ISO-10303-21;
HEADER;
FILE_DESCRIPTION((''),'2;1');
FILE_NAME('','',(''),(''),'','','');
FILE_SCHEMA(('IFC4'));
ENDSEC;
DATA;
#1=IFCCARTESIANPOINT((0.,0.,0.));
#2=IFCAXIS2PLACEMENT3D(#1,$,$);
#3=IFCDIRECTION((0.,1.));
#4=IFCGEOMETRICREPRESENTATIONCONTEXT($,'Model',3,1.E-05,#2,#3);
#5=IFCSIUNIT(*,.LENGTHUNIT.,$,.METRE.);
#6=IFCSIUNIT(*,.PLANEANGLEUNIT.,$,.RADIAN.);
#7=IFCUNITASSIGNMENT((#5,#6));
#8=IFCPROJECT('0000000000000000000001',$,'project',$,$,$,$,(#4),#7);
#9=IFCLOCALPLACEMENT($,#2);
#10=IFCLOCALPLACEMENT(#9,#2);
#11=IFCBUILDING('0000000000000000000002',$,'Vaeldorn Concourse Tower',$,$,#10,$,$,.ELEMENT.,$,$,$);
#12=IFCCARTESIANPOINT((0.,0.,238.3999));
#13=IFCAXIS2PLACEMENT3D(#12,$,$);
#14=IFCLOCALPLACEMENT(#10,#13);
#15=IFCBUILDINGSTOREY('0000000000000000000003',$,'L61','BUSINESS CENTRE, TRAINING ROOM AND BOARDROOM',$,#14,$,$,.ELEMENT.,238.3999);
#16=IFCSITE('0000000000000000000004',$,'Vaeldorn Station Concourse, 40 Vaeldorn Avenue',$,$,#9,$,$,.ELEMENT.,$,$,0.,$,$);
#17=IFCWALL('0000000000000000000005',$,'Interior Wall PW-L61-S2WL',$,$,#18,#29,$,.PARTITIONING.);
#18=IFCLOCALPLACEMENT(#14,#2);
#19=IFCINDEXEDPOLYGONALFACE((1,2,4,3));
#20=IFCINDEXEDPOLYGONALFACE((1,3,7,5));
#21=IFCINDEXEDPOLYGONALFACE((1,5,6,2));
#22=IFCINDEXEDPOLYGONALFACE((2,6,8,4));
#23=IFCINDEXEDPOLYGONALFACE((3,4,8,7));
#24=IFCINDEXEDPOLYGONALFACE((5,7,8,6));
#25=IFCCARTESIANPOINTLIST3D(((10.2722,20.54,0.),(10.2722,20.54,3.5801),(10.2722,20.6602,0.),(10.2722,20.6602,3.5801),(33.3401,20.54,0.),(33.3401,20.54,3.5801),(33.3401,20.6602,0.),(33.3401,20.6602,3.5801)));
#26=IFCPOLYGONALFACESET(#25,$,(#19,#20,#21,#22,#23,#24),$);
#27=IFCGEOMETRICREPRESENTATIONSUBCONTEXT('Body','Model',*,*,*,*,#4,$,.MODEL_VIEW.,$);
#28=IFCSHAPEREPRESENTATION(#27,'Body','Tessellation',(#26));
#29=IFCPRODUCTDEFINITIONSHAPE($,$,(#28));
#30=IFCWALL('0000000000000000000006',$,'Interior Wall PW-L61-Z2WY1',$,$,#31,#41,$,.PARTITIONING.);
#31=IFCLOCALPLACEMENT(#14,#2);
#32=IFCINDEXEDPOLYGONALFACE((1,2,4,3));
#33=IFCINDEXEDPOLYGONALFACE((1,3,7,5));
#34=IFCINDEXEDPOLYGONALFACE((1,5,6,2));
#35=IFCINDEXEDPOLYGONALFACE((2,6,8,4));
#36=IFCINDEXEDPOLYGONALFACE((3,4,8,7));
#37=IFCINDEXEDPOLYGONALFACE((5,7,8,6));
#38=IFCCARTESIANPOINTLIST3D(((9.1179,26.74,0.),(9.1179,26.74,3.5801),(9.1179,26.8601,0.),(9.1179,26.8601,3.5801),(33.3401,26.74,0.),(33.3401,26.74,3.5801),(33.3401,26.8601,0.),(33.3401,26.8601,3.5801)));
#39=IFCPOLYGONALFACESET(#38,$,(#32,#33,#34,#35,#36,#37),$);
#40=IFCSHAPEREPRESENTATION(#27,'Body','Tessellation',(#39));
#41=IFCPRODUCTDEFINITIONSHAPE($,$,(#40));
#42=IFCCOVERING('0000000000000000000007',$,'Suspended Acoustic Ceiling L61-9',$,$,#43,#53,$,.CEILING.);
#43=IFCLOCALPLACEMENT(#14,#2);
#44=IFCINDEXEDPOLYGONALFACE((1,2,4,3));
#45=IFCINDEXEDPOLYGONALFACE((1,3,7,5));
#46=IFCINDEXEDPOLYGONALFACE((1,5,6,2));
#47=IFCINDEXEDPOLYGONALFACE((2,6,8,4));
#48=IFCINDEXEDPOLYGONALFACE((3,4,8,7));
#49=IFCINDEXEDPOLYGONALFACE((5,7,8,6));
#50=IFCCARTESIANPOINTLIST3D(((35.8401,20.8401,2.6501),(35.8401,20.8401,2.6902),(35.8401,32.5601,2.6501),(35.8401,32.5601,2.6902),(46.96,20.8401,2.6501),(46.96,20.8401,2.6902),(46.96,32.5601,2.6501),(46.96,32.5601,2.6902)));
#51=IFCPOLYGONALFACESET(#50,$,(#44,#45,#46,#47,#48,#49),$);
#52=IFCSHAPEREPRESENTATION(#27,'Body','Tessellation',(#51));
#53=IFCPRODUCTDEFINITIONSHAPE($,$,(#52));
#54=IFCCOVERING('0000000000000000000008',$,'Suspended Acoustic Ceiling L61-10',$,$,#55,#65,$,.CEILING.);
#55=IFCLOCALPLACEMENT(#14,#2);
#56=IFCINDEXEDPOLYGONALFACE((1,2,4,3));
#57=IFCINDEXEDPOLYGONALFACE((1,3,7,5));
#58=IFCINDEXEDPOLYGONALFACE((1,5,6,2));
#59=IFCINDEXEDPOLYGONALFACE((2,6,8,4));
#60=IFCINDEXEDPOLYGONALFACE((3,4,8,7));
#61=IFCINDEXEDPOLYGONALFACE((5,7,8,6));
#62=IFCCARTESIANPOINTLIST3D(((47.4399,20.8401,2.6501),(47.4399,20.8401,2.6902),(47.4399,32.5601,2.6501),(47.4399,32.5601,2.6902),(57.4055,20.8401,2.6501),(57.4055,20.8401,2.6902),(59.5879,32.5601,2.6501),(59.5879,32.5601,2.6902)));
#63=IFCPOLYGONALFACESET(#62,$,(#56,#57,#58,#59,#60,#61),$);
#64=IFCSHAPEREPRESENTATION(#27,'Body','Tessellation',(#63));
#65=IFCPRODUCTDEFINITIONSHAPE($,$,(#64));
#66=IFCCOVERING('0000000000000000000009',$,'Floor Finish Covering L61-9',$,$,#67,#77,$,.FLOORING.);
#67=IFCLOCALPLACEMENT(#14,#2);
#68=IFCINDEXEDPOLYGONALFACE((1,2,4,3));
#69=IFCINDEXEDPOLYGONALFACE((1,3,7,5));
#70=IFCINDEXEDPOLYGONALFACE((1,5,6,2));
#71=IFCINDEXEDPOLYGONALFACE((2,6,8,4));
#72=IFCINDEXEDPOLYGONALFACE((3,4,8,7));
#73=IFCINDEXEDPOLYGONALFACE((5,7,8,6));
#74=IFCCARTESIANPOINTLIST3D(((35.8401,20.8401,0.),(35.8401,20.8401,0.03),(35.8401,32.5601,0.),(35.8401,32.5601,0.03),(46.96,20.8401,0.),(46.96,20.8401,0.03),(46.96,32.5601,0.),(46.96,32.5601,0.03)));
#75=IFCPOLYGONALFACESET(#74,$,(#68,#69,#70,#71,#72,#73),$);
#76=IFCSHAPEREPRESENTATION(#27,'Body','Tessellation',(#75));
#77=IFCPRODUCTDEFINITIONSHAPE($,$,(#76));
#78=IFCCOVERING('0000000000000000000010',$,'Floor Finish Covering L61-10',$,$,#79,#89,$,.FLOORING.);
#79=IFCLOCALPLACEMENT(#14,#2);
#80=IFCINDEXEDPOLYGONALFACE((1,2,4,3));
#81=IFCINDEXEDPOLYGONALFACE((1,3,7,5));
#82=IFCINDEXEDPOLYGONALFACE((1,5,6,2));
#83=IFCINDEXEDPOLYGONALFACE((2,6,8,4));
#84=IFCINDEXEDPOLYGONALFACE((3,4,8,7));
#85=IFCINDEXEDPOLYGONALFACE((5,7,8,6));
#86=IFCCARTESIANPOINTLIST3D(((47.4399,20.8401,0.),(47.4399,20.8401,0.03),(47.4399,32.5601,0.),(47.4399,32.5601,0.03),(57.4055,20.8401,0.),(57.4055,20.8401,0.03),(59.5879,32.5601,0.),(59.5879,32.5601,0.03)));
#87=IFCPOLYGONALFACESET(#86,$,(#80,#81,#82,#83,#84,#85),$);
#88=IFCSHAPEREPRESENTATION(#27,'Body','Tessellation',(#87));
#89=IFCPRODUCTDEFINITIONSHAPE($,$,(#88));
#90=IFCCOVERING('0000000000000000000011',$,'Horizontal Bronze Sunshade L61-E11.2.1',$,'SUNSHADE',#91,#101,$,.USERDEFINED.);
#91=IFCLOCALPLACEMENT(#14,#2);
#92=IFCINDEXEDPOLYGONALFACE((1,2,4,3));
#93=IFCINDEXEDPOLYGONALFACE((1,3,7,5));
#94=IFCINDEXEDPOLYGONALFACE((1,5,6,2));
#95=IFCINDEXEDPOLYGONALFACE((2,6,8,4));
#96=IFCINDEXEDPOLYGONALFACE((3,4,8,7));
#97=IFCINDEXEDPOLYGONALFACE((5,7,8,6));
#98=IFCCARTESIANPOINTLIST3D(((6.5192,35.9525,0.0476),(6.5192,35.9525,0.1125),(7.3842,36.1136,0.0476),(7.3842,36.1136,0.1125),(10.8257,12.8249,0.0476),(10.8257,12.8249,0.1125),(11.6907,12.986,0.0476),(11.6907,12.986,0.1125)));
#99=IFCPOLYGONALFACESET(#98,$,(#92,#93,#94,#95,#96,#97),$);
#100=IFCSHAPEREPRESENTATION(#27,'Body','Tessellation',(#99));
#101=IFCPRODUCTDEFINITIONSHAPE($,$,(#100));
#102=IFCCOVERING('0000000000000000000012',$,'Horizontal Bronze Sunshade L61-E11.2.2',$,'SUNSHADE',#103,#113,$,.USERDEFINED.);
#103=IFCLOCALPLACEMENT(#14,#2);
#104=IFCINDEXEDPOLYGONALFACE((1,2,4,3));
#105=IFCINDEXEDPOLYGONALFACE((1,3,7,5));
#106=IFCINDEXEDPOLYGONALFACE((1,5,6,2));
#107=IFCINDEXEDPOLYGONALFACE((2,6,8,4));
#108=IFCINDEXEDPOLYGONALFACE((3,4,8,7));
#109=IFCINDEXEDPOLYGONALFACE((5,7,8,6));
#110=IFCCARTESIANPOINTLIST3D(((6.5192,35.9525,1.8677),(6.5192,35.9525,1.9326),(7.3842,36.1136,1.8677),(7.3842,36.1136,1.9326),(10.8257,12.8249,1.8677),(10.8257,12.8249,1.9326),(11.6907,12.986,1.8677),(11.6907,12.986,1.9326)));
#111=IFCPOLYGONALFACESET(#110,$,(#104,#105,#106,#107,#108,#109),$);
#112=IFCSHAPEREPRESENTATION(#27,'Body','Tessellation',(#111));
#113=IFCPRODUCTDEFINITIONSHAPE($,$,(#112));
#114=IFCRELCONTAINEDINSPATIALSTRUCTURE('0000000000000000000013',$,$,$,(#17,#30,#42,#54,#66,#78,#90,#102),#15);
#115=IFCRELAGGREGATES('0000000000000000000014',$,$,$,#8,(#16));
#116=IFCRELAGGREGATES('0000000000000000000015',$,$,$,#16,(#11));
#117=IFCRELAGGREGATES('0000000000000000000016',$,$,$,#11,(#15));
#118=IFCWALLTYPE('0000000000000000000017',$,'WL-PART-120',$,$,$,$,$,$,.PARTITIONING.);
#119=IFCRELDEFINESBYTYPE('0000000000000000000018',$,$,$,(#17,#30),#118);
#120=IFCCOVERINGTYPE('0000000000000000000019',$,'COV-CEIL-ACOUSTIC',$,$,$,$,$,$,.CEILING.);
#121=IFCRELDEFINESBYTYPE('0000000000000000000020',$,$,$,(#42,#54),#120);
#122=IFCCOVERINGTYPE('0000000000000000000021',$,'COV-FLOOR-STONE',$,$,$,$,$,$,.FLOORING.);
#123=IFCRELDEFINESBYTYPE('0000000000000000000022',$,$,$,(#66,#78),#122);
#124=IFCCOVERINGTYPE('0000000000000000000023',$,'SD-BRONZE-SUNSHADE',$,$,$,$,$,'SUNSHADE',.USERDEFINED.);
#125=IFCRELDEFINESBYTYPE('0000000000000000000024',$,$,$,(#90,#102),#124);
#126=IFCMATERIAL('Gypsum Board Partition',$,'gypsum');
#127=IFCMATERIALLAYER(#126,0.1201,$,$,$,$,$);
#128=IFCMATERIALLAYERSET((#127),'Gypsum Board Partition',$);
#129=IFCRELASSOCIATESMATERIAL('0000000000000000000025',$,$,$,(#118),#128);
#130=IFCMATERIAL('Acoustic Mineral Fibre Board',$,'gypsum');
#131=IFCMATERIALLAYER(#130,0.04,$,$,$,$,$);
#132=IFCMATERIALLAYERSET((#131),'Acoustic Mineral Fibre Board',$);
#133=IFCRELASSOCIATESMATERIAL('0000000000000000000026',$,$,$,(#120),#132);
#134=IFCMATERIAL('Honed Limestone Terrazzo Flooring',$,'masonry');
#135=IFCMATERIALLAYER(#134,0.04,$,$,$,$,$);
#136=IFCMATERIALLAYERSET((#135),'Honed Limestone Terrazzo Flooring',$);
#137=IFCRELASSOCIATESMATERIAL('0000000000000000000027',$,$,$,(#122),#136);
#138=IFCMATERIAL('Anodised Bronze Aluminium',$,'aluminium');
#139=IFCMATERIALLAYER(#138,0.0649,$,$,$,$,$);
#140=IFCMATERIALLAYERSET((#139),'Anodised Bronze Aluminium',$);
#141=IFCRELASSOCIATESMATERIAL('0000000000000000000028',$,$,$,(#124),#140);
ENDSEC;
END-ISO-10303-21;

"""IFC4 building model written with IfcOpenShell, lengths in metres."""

from ifc_helpers import new_model, si_unit, direction, frame, frame_2d, origin, origin_2d, place, context, subcontext, project, spatial, polyline, rectangle, outline, extrude, source, transform, mapped, material, layer, layer_set, type_object, element, save


model = new_model("IFC4")

# Units and contexts
model_context = context("Model", 3, precision=1e-05, world=origin(), true_north=direction((0.0, 1.0)))
body_context = subcontext(model_context, "Body", "Model", "MODEL_VIEW")
ifc_project = project(units=[si_unit("LENGTHUNIT", "METRE"), si_unit("PLANEANGLEUNIT", "RADIAN")], contexts=[model_context])

# Site, building, storey
site_placement = place(None, origin())
site = spatial("IfcSite", under=ifc_project, at=site_placement, Name="Vaeldorn Station Concourse, 40 Vaeldorn Avenue", CompositionType="ELEMENT", RefElevation=0.0)
building_placement = place(site_placement, origin())
building = spatial("IfcBuilding", under=site, at=building_placement, Name="Vaeldorn Concourse Tower", CompositionType="ELEMENT")
storey_placement = place(building_placement, frame((0.0, 0.0, 238.3999)))
storey = spatial("IfcBuildingStorey", under=building, at=storey_placement, Name="L61", Description="BUSINESS CENTRE, TRAINING ROOM AND BOARDROOM", CompositionType="ELEMENT", Elevation=238.3999)

# Shared definitions
ifc_material_1 = material(Name="Anodised Bronze Aluminium", Category="aluminium")

# Walls
ifc_material_2 = material(Name="Gypsum Board Partition", Category="gypsum")
ifc_layer_1 = layer(ifc_material_2, 0.1201)
ifc_layer_set_1 = layer_set([ifc_layer_1], Name="Gypsum Board Partition")
wall_type = type_object("IfcWallType", Name="WL-PART-120", PredefinedType="PARTITIONING", material=ifc_layer_set_1)
wall_1_placement = place(storey_placement, frame((10.2722, 20.6001, 0.0), z_axis=(0.0, 0.0, 1.0), x_axis=(1.0, 0.0, 0.0)))
element("IfcWall", 1, at=wall_1_placement, inside=storey, type_object=wall_type, Name="Interior Wall PW-L61-S2WL", PredefinedType="PARTITIONING", context=body_context, shape_type="SweptSolid", body=[
    extrude(rectangle(XDim=23.0679, YDim=0.1201, at=frame_2d((11.5339, 0.0))), origin(), (0.0, 0.0, 1.0), 3.5801),
])
wall_2_placement = place(storey_placement, frame((9.1179, 26.8, 0.0), z_axis=(0.0, 0.0, 1.0), x_axis=(1.0, 0.0, 0.0)))
element("IfcWall", 2, at=wall_2_placement, inside=storey, type_object=wall_type, Name="Interior Wall PW-L61-Z2WY1", PredefinedType="PARTITIONING", context=body_context, shape_type="SweptSolid", body=[
    extrude(rectangle(XDim=24.2222, YDim=0.1201, at=frame_2d((12.1111, 0.0))), origin(), (0.0, 0.0, 1.0), 3.5801),
])

# Coverings
ifc_material_3 = material(Name="Acoustic Mineral Fibre Board", Category="gypsum")
ifc_layer_2 = layer(ifc_material_3, 0.04)
ifc_layer_set_2 = layer_set([ifc_layer_2], Name="Acoustic Mineral Fibre Board")
covering_type_1 = type_object("IfcCoveringType", Name="COV-CEIL-ACOUSTIC", PredefinedType="CEILING", material=ifc_layer_set_2)
covering_1_placement = place(storey_placement, frame((0.0, 0.0, 2.6501)))
element("IfcCovering", 3, at=covering_1_placement, inside=storey, type_object=covering_type_1, Name="Suspended Acoustic Ceiling L61-9", PredefinedType="CEILING", context=body_context, shape_type="SweptSolid", body=[
    extrude(outline(polyline([(35.8401, 32.5601), (46.96, 32.5601), (46.96, 20.8401), (35.8401, 20.8401), (35.8401, 32.5601)])), origin(), (0.0, 0.0, 1.0), 0.04),
])
covering_2_placement = place(storey_placement, frame((0.0, 0.0, 2.6501)))
element("IfcCovering", 4, at=covering_2_placement, inside=storey, type_object=covering_type_1, Name="Suspended Acoustic Ceiling L61-10", PredefinedType="CEILING", context=body_context, shape_type="SweptSolid", body=[
    extrude(outline(polyline([(47.4399, 20.8401), (47.4399, 32.5601), (59.5879, 32.5601), (57.4055, 20.8401), (47.4399, 20.8401)])), origin(), (0.0, 0.0, 1.0), 0.04),
])
ifc_material_4 = material(Name="Honed Limestone Terrazzo Flooring", Category="masonry")
ifc_layer_3 = layer(ifc_material_4, 0.04)
ifc_layer_set_3 = layer_set([ifc_layer_3], Name="Honed Limestone Terrazzo Flooring")
covering_type_2 = type_object("IfcCoveringType", Name="COV-FLOOR-STONE", PredefinedType="FLOORING", material=ifc_layer_set_3)
covering_3_placement = place(storey_placement, origin())
element("IfcCovering", 5, at=covering_3_placement, inside=storey, type_object=covering_type_2, Name="Floor Finish Covering L61-9", PredefinedType="FLOORING", context=body_context, shape_type="SweptSolid", body=[
    extrude(outline(polyline([(35.8401, 32.5601), (46.96, 32.5601), (46.96, 20.8401), (35.8401, 20.8401), (35.8401, 32.5601)])), origin(), (0.0, 0.0, 1.0), 0.03),
])
covering_4_placement = place(storey_placement, origin())
element("IfcCovering", 6, at=covering_4_placement, inside=storey, type_object=covering_type_2, Name="Floor Finish Covering L61-10", PredefinedType="FLOORING", context=body_context, shape_type="SweptSolid", body=[
    extrude(outline(polyline([(47.4399, 20.8401), (47.4399, 32.5601), (59.5879, 32.5601), (57.4055, 20.8401), (47.4399, 20.8401)])), origin(), (0.0, 0.0, 1.0), 0.03),
])
ifc_layer_4 = layer(ifc_material_1, 0.0649)
ifc_layer_set_4 = layer_set([ifc_layer_4], Name="Anodised Bronze Aluminium")
covering_type_3 = type_object("IfcCoveringType", Name="SD-BRONZE-SUNSHADE", ElementType="SUNSHADE", PredefinedType="USERDEFINED", material=ifc_layer_set_4)
shared_shape_1 = source(origin(), body_context, "Body", "SweptSolid", [
    extrude(rectangle(XDim=23.5251, YDim=0.8799, at=origin_2d()), origin(), (0.0, 0.0, 1.0), 0.0649),
])
for number, where, z_axis, x_axis, name in (
    (7, (9.105, 24.4692, 0.0476), (0.0, 0.0, 1.0), (0.183059, -0.983102, 0.0), "Horizontal Bronze Sunshade L61-E11.2.1"),
    (8, (9.105, 24.4692, 1.8677), (0.0, 0.0, 1.0), (0.183059, -0.983102, 0.0), "Horizontal Bronze Sunshade L61-E11.2.2"),
):
    element("IfcCovering", number, at=place(storey_placement, frame(where, z_axis=z_axis, x_axis=x_axis)), inside=storey, type_object=covering_type_3, Name=name, ObjectType="SUNSHADE", PredefinedType="USERDEFINED", context=body_context, shape_type="MappedRepresentation", body=[
        mapped(shared_shape_1, transform((0.0, 0.0, 0.0), scale=1.0)),
    ])

save(model, "model.ifc")
